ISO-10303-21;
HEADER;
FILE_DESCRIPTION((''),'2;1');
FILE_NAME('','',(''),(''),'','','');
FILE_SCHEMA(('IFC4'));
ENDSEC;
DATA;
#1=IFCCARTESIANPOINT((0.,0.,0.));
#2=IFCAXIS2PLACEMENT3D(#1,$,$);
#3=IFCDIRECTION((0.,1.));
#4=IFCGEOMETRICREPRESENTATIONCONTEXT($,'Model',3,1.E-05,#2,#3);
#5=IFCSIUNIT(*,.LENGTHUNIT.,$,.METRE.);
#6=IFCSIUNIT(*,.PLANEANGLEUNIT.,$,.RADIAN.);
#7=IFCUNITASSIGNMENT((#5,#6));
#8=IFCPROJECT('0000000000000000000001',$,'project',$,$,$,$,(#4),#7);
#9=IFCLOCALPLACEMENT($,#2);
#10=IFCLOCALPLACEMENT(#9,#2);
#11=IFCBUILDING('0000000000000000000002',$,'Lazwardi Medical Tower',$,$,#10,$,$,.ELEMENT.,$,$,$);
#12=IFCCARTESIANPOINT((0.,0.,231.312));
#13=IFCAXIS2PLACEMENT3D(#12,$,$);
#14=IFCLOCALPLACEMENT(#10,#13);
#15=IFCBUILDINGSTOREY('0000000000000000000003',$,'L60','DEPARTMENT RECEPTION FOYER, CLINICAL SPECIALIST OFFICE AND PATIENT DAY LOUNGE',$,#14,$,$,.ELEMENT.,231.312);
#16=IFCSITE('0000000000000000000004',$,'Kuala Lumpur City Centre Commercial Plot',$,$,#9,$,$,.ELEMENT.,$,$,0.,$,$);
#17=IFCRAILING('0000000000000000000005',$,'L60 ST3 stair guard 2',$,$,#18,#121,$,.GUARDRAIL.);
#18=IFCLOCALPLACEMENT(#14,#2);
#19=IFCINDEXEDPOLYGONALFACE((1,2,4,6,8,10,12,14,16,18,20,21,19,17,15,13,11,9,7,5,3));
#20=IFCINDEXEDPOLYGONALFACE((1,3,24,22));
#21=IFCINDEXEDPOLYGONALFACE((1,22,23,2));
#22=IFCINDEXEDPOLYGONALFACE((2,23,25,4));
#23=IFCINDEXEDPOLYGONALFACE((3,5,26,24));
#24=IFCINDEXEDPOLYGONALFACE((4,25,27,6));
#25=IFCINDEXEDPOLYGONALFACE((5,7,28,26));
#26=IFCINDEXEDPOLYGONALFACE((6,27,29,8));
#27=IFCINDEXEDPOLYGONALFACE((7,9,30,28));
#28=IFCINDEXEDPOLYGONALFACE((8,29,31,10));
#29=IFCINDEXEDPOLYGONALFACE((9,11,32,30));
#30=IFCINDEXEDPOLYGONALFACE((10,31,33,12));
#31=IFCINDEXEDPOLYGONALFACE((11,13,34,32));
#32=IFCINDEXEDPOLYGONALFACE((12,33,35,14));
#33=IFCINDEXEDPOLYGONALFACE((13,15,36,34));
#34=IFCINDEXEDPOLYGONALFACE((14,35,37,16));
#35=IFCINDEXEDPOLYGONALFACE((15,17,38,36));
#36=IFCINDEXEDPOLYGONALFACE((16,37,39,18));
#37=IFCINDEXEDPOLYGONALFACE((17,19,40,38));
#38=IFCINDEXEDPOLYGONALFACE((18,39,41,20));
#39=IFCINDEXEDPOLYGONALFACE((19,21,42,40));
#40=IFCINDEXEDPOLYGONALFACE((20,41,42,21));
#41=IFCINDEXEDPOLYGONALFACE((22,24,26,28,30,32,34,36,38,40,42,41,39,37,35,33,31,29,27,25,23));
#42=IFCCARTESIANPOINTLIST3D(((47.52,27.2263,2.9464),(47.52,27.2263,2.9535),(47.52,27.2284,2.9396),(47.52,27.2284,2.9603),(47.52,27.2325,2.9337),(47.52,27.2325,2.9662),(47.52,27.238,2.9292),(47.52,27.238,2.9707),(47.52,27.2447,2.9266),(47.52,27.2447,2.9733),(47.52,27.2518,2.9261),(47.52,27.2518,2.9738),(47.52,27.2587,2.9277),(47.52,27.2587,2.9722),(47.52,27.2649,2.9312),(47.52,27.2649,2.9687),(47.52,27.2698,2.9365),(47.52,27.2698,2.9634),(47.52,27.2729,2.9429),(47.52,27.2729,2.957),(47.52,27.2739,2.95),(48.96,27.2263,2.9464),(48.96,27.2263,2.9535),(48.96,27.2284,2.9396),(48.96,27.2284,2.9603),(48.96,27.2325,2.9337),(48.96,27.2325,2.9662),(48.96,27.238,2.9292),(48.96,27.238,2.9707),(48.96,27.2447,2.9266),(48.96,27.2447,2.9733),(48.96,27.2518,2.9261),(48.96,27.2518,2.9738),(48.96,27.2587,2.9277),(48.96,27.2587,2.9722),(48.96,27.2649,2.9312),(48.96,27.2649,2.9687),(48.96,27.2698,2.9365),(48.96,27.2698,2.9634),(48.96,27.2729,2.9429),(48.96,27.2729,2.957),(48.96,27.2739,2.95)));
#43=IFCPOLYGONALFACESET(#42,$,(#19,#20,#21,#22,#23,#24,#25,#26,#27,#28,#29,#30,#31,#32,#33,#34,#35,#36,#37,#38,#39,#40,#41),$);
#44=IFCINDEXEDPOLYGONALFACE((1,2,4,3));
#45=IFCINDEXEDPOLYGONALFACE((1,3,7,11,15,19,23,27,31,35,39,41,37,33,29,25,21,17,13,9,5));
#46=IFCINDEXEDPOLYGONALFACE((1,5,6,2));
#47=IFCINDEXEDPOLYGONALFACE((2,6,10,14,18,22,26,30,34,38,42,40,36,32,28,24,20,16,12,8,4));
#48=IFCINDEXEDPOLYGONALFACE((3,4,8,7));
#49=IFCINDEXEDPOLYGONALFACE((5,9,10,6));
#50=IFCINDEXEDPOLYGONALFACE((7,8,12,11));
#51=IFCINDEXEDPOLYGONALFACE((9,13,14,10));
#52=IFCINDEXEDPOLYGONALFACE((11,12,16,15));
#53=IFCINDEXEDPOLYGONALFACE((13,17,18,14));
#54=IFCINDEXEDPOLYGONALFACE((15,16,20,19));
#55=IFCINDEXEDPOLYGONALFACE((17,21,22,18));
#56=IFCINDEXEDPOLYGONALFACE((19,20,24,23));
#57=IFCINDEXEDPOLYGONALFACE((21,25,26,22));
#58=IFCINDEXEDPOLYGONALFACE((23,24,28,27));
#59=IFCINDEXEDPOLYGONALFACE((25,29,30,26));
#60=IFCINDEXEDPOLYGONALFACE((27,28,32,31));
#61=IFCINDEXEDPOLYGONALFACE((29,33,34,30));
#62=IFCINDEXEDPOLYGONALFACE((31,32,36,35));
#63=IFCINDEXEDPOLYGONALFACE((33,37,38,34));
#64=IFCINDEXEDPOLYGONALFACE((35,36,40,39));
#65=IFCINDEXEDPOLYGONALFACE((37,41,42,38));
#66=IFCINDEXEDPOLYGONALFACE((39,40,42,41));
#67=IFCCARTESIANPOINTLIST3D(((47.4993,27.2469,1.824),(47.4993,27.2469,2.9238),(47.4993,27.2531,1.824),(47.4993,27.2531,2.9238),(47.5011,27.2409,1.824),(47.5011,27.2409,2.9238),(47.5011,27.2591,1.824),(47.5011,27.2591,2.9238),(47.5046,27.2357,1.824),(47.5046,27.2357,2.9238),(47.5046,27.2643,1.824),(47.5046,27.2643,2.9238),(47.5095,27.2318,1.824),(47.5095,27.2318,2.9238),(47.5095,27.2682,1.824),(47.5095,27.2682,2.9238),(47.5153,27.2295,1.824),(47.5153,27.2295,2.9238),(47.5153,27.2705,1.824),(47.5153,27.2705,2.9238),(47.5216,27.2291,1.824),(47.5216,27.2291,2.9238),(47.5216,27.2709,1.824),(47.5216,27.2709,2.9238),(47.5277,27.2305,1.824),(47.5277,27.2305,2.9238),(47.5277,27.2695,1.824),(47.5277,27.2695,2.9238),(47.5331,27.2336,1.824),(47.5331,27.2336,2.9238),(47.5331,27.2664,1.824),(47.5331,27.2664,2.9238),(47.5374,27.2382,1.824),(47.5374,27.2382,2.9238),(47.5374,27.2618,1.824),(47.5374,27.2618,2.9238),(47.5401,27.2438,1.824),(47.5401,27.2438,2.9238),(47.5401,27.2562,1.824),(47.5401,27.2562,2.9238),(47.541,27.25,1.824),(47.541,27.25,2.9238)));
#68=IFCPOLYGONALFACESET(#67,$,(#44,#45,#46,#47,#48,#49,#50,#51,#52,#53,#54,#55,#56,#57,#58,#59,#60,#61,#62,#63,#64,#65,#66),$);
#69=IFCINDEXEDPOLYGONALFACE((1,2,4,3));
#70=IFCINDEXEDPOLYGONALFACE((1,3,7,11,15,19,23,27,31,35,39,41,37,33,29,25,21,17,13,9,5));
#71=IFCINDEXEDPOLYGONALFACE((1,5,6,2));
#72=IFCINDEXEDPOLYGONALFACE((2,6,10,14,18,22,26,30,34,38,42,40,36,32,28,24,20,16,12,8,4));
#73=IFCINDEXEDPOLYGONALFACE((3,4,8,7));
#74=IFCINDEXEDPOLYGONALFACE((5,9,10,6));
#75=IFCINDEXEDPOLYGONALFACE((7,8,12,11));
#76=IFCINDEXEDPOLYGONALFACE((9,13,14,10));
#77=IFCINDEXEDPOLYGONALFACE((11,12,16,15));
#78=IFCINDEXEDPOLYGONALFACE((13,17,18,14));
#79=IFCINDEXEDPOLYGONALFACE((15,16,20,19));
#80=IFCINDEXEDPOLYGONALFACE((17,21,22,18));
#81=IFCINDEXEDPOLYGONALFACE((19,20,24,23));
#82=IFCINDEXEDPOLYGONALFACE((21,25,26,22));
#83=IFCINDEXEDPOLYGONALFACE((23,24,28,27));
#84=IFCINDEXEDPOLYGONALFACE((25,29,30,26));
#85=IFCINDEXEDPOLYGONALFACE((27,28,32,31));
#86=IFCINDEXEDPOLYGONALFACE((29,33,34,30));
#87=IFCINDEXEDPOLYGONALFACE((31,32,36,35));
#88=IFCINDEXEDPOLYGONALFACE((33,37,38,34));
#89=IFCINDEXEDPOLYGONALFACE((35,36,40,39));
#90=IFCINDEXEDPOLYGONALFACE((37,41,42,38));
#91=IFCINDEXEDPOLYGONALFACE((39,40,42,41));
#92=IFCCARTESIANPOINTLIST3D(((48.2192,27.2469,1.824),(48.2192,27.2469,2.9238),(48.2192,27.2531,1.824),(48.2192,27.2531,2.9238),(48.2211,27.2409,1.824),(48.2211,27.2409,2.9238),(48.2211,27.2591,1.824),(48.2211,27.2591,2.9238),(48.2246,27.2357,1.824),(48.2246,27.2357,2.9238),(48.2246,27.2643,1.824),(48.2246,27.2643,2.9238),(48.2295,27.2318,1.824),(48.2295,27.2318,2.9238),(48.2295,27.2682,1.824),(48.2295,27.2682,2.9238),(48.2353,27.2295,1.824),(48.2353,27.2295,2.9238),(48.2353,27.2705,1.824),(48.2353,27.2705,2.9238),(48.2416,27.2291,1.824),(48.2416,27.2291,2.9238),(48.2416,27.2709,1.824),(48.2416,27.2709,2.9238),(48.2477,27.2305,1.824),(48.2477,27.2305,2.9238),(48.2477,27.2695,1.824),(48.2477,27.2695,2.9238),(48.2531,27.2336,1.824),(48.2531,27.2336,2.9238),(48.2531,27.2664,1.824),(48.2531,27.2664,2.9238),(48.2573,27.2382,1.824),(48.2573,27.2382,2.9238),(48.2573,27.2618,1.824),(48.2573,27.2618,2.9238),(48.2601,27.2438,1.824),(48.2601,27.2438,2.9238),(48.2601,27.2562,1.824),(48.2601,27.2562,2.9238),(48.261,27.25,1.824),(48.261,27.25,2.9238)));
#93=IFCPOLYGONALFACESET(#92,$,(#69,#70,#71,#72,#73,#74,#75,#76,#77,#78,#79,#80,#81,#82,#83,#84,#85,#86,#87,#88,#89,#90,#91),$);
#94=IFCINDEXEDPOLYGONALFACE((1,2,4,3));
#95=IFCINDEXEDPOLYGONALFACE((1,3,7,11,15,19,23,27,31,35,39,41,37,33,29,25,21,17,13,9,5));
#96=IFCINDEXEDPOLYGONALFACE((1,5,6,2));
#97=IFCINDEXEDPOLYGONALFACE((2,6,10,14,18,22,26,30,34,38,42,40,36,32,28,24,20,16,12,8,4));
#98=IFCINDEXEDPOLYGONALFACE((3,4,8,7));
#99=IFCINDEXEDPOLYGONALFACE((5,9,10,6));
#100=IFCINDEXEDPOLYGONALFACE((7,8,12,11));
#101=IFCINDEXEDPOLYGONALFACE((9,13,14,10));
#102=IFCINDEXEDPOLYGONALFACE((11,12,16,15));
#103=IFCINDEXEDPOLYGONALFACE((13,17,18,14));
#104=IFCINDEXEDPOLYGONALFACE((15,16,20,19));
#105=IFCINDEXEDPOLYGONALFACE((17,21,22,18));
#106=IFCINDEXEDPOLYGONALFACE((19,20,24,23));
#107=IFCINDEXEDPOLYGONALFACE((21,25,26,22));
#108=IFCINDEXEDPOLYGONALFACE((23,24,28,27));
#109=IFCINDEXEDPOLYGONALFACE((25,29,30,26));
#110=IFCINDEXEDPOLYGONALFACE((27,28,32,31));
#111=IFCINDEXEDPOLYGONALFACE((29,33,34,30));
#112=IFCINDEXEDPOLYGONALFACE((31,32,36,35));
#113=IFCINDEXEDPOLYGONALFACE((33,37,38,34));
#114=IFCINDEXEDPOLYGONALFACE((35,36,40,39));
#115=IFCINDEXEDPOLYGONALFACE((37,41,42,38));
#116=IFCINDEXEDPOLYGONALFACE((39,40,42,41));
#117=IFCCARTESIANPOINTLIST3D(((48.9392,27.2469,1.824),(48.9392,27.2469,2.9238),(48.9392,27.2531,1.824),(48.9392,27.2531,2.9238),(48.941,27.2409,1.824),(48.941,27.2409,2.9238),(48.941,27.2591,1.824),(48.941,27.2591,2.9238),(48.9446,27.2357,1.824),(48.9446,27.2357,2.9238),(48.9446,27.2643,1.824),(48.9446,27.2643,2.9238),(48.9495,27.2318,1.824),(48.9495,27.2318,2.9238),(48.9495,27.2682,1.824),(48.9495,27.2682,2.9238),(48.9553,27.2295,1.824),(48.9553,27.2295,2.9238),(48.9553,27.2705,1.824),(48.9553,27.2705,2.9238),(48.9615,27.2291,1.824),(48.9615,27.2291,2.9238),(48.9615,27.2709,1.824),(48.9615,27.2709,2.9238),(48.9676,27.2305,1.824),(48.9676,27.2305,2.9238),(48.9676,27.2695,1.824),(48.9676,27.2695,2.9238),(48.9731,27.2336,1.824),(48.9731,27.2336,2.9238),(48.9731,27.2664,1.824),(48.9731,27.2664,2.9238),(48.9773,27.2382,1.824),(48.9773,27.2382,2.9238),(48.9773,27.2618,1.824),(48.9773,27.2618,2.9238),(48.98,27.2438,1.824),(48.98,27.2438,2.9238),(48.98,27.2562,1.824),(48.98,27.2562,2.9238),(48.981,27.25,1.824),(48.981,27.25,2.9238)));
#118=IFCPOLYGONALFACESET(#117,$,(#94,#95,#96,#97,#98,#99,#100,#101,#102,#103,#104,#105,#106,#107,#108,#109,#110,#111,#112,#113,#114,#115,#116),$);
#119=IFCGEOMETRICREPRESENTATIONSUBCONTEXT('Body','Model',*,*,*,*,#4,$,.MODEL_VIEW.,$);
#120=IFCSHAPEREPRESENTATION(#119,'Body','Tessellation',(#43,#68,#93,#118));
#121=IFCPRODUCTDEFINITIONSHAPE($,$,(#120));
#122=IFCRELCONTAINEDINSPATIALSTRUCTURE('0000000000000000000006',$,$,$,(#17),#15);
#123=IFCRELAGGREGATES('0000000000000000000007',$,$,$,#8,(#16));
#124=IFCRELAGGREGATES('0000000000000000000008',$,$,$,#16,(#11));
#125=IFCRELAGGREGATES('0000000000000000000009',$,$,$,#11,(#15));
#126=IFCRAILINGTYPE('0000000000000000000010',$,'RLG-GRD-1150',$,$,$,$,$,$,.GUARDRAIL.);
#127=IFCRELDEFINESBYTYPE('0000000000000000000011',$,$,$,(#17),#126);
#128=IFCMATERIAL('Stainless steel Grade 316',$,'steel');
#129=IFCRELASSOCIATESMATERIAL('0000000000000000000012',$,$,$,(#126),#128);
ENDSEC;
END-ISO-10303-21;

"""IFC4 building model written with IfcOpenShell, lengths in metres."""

from ifc_helpers import new_model, si_unit, direction, frame, origin, origin_2d, place, context, subcontext, project, spatial, circle, extrude, material, type_object, element, save


model = new_model("IFC4")

# Units and contexts
model_context = context("Model", 3, precision=1e-05, world=origin(), true_north=direction((0.0, 1.0)))
body_context = subcontext(model_context, "Body", "Model", "MODEL_VIEW")
ifc_project = project(units=[si_unit("LENGTHUNIT", "METRE"), si_unit("PLANEANGLEUNIT", "RADIAN")], contexts=[model_context])

# Site, building, storey
site_placement = place(None, origin())
site = spatial("IfcSite", under=ifc_project, at=site_placement, Name="Kuala Lumpur City Centre Commercial Plot", CompositionType="ELEMENT", RefElevation=0.0)
building_placement = place(site_placement, origin())
building = spatial("IfcBuilding", under=site, at=building_placement, Name="Lazwardi Medical Tower", CompositionType="ELEMENT")
storey_placement = place(building_placement, frame((0.0, 0.0, 231.312)))
storey = spatial("IfcBuildingStorey", under=building, at=storey_placement, Name="L60", Description="DEPARTMENT RECEPTION FOYER, CLINICAL SPECIALIST OFFICE AND PATIENT DAY LOUNGE", CompositionType="ELEMENT", Elevation=231.312)

# Railing
ifc_material_1 = material(Name="Stainless steel Grade 316", Category="steel")
railing_type_1 = type_object("IfcRailingType", Name="RLG-GRD-1150", PredefinedType="GUARDRAIL", material=ifc_material_1)
railing_1_placement = place(storey_placement, frame((47.52, 27.25, 1.824)))
element("IfcRailing", 1, at=railing_1_placement, inside=storey, type_object=railing_type_1, Name="L60 ST3 stair guard 2", PredefinedType="GUARDRAIL", context=body_context, shape_type="SweptSolid", body=[
    extrude(circle(Radius=0.0239, at=origin_2d()), frame((0.0, 0.0, 1.126), z_axis=(1.0, 0.0, 0.0), x_axis=(0.0, 1.0, 0.0)), (0.0, 0.0, 1.0), 1.4399),
    extrude(circle(Radius=0.021, at=origin_2d()), origin(), (0.0, 0.0, 1.0), 1.0999),
    extrude(circle(Radius=0.021, at=origin_2d()), frame((0.72, 0.0, 0.0)), (0.0, 0.0, 1.0), 1.0999),
    extrude(circle(Radius=0.021, at=origin_2d()), frame((1.4399, 0.0, 0.0)), (0.0, 0.0, 1.0), 1.0999),
])

save(model, "model.ifc")
